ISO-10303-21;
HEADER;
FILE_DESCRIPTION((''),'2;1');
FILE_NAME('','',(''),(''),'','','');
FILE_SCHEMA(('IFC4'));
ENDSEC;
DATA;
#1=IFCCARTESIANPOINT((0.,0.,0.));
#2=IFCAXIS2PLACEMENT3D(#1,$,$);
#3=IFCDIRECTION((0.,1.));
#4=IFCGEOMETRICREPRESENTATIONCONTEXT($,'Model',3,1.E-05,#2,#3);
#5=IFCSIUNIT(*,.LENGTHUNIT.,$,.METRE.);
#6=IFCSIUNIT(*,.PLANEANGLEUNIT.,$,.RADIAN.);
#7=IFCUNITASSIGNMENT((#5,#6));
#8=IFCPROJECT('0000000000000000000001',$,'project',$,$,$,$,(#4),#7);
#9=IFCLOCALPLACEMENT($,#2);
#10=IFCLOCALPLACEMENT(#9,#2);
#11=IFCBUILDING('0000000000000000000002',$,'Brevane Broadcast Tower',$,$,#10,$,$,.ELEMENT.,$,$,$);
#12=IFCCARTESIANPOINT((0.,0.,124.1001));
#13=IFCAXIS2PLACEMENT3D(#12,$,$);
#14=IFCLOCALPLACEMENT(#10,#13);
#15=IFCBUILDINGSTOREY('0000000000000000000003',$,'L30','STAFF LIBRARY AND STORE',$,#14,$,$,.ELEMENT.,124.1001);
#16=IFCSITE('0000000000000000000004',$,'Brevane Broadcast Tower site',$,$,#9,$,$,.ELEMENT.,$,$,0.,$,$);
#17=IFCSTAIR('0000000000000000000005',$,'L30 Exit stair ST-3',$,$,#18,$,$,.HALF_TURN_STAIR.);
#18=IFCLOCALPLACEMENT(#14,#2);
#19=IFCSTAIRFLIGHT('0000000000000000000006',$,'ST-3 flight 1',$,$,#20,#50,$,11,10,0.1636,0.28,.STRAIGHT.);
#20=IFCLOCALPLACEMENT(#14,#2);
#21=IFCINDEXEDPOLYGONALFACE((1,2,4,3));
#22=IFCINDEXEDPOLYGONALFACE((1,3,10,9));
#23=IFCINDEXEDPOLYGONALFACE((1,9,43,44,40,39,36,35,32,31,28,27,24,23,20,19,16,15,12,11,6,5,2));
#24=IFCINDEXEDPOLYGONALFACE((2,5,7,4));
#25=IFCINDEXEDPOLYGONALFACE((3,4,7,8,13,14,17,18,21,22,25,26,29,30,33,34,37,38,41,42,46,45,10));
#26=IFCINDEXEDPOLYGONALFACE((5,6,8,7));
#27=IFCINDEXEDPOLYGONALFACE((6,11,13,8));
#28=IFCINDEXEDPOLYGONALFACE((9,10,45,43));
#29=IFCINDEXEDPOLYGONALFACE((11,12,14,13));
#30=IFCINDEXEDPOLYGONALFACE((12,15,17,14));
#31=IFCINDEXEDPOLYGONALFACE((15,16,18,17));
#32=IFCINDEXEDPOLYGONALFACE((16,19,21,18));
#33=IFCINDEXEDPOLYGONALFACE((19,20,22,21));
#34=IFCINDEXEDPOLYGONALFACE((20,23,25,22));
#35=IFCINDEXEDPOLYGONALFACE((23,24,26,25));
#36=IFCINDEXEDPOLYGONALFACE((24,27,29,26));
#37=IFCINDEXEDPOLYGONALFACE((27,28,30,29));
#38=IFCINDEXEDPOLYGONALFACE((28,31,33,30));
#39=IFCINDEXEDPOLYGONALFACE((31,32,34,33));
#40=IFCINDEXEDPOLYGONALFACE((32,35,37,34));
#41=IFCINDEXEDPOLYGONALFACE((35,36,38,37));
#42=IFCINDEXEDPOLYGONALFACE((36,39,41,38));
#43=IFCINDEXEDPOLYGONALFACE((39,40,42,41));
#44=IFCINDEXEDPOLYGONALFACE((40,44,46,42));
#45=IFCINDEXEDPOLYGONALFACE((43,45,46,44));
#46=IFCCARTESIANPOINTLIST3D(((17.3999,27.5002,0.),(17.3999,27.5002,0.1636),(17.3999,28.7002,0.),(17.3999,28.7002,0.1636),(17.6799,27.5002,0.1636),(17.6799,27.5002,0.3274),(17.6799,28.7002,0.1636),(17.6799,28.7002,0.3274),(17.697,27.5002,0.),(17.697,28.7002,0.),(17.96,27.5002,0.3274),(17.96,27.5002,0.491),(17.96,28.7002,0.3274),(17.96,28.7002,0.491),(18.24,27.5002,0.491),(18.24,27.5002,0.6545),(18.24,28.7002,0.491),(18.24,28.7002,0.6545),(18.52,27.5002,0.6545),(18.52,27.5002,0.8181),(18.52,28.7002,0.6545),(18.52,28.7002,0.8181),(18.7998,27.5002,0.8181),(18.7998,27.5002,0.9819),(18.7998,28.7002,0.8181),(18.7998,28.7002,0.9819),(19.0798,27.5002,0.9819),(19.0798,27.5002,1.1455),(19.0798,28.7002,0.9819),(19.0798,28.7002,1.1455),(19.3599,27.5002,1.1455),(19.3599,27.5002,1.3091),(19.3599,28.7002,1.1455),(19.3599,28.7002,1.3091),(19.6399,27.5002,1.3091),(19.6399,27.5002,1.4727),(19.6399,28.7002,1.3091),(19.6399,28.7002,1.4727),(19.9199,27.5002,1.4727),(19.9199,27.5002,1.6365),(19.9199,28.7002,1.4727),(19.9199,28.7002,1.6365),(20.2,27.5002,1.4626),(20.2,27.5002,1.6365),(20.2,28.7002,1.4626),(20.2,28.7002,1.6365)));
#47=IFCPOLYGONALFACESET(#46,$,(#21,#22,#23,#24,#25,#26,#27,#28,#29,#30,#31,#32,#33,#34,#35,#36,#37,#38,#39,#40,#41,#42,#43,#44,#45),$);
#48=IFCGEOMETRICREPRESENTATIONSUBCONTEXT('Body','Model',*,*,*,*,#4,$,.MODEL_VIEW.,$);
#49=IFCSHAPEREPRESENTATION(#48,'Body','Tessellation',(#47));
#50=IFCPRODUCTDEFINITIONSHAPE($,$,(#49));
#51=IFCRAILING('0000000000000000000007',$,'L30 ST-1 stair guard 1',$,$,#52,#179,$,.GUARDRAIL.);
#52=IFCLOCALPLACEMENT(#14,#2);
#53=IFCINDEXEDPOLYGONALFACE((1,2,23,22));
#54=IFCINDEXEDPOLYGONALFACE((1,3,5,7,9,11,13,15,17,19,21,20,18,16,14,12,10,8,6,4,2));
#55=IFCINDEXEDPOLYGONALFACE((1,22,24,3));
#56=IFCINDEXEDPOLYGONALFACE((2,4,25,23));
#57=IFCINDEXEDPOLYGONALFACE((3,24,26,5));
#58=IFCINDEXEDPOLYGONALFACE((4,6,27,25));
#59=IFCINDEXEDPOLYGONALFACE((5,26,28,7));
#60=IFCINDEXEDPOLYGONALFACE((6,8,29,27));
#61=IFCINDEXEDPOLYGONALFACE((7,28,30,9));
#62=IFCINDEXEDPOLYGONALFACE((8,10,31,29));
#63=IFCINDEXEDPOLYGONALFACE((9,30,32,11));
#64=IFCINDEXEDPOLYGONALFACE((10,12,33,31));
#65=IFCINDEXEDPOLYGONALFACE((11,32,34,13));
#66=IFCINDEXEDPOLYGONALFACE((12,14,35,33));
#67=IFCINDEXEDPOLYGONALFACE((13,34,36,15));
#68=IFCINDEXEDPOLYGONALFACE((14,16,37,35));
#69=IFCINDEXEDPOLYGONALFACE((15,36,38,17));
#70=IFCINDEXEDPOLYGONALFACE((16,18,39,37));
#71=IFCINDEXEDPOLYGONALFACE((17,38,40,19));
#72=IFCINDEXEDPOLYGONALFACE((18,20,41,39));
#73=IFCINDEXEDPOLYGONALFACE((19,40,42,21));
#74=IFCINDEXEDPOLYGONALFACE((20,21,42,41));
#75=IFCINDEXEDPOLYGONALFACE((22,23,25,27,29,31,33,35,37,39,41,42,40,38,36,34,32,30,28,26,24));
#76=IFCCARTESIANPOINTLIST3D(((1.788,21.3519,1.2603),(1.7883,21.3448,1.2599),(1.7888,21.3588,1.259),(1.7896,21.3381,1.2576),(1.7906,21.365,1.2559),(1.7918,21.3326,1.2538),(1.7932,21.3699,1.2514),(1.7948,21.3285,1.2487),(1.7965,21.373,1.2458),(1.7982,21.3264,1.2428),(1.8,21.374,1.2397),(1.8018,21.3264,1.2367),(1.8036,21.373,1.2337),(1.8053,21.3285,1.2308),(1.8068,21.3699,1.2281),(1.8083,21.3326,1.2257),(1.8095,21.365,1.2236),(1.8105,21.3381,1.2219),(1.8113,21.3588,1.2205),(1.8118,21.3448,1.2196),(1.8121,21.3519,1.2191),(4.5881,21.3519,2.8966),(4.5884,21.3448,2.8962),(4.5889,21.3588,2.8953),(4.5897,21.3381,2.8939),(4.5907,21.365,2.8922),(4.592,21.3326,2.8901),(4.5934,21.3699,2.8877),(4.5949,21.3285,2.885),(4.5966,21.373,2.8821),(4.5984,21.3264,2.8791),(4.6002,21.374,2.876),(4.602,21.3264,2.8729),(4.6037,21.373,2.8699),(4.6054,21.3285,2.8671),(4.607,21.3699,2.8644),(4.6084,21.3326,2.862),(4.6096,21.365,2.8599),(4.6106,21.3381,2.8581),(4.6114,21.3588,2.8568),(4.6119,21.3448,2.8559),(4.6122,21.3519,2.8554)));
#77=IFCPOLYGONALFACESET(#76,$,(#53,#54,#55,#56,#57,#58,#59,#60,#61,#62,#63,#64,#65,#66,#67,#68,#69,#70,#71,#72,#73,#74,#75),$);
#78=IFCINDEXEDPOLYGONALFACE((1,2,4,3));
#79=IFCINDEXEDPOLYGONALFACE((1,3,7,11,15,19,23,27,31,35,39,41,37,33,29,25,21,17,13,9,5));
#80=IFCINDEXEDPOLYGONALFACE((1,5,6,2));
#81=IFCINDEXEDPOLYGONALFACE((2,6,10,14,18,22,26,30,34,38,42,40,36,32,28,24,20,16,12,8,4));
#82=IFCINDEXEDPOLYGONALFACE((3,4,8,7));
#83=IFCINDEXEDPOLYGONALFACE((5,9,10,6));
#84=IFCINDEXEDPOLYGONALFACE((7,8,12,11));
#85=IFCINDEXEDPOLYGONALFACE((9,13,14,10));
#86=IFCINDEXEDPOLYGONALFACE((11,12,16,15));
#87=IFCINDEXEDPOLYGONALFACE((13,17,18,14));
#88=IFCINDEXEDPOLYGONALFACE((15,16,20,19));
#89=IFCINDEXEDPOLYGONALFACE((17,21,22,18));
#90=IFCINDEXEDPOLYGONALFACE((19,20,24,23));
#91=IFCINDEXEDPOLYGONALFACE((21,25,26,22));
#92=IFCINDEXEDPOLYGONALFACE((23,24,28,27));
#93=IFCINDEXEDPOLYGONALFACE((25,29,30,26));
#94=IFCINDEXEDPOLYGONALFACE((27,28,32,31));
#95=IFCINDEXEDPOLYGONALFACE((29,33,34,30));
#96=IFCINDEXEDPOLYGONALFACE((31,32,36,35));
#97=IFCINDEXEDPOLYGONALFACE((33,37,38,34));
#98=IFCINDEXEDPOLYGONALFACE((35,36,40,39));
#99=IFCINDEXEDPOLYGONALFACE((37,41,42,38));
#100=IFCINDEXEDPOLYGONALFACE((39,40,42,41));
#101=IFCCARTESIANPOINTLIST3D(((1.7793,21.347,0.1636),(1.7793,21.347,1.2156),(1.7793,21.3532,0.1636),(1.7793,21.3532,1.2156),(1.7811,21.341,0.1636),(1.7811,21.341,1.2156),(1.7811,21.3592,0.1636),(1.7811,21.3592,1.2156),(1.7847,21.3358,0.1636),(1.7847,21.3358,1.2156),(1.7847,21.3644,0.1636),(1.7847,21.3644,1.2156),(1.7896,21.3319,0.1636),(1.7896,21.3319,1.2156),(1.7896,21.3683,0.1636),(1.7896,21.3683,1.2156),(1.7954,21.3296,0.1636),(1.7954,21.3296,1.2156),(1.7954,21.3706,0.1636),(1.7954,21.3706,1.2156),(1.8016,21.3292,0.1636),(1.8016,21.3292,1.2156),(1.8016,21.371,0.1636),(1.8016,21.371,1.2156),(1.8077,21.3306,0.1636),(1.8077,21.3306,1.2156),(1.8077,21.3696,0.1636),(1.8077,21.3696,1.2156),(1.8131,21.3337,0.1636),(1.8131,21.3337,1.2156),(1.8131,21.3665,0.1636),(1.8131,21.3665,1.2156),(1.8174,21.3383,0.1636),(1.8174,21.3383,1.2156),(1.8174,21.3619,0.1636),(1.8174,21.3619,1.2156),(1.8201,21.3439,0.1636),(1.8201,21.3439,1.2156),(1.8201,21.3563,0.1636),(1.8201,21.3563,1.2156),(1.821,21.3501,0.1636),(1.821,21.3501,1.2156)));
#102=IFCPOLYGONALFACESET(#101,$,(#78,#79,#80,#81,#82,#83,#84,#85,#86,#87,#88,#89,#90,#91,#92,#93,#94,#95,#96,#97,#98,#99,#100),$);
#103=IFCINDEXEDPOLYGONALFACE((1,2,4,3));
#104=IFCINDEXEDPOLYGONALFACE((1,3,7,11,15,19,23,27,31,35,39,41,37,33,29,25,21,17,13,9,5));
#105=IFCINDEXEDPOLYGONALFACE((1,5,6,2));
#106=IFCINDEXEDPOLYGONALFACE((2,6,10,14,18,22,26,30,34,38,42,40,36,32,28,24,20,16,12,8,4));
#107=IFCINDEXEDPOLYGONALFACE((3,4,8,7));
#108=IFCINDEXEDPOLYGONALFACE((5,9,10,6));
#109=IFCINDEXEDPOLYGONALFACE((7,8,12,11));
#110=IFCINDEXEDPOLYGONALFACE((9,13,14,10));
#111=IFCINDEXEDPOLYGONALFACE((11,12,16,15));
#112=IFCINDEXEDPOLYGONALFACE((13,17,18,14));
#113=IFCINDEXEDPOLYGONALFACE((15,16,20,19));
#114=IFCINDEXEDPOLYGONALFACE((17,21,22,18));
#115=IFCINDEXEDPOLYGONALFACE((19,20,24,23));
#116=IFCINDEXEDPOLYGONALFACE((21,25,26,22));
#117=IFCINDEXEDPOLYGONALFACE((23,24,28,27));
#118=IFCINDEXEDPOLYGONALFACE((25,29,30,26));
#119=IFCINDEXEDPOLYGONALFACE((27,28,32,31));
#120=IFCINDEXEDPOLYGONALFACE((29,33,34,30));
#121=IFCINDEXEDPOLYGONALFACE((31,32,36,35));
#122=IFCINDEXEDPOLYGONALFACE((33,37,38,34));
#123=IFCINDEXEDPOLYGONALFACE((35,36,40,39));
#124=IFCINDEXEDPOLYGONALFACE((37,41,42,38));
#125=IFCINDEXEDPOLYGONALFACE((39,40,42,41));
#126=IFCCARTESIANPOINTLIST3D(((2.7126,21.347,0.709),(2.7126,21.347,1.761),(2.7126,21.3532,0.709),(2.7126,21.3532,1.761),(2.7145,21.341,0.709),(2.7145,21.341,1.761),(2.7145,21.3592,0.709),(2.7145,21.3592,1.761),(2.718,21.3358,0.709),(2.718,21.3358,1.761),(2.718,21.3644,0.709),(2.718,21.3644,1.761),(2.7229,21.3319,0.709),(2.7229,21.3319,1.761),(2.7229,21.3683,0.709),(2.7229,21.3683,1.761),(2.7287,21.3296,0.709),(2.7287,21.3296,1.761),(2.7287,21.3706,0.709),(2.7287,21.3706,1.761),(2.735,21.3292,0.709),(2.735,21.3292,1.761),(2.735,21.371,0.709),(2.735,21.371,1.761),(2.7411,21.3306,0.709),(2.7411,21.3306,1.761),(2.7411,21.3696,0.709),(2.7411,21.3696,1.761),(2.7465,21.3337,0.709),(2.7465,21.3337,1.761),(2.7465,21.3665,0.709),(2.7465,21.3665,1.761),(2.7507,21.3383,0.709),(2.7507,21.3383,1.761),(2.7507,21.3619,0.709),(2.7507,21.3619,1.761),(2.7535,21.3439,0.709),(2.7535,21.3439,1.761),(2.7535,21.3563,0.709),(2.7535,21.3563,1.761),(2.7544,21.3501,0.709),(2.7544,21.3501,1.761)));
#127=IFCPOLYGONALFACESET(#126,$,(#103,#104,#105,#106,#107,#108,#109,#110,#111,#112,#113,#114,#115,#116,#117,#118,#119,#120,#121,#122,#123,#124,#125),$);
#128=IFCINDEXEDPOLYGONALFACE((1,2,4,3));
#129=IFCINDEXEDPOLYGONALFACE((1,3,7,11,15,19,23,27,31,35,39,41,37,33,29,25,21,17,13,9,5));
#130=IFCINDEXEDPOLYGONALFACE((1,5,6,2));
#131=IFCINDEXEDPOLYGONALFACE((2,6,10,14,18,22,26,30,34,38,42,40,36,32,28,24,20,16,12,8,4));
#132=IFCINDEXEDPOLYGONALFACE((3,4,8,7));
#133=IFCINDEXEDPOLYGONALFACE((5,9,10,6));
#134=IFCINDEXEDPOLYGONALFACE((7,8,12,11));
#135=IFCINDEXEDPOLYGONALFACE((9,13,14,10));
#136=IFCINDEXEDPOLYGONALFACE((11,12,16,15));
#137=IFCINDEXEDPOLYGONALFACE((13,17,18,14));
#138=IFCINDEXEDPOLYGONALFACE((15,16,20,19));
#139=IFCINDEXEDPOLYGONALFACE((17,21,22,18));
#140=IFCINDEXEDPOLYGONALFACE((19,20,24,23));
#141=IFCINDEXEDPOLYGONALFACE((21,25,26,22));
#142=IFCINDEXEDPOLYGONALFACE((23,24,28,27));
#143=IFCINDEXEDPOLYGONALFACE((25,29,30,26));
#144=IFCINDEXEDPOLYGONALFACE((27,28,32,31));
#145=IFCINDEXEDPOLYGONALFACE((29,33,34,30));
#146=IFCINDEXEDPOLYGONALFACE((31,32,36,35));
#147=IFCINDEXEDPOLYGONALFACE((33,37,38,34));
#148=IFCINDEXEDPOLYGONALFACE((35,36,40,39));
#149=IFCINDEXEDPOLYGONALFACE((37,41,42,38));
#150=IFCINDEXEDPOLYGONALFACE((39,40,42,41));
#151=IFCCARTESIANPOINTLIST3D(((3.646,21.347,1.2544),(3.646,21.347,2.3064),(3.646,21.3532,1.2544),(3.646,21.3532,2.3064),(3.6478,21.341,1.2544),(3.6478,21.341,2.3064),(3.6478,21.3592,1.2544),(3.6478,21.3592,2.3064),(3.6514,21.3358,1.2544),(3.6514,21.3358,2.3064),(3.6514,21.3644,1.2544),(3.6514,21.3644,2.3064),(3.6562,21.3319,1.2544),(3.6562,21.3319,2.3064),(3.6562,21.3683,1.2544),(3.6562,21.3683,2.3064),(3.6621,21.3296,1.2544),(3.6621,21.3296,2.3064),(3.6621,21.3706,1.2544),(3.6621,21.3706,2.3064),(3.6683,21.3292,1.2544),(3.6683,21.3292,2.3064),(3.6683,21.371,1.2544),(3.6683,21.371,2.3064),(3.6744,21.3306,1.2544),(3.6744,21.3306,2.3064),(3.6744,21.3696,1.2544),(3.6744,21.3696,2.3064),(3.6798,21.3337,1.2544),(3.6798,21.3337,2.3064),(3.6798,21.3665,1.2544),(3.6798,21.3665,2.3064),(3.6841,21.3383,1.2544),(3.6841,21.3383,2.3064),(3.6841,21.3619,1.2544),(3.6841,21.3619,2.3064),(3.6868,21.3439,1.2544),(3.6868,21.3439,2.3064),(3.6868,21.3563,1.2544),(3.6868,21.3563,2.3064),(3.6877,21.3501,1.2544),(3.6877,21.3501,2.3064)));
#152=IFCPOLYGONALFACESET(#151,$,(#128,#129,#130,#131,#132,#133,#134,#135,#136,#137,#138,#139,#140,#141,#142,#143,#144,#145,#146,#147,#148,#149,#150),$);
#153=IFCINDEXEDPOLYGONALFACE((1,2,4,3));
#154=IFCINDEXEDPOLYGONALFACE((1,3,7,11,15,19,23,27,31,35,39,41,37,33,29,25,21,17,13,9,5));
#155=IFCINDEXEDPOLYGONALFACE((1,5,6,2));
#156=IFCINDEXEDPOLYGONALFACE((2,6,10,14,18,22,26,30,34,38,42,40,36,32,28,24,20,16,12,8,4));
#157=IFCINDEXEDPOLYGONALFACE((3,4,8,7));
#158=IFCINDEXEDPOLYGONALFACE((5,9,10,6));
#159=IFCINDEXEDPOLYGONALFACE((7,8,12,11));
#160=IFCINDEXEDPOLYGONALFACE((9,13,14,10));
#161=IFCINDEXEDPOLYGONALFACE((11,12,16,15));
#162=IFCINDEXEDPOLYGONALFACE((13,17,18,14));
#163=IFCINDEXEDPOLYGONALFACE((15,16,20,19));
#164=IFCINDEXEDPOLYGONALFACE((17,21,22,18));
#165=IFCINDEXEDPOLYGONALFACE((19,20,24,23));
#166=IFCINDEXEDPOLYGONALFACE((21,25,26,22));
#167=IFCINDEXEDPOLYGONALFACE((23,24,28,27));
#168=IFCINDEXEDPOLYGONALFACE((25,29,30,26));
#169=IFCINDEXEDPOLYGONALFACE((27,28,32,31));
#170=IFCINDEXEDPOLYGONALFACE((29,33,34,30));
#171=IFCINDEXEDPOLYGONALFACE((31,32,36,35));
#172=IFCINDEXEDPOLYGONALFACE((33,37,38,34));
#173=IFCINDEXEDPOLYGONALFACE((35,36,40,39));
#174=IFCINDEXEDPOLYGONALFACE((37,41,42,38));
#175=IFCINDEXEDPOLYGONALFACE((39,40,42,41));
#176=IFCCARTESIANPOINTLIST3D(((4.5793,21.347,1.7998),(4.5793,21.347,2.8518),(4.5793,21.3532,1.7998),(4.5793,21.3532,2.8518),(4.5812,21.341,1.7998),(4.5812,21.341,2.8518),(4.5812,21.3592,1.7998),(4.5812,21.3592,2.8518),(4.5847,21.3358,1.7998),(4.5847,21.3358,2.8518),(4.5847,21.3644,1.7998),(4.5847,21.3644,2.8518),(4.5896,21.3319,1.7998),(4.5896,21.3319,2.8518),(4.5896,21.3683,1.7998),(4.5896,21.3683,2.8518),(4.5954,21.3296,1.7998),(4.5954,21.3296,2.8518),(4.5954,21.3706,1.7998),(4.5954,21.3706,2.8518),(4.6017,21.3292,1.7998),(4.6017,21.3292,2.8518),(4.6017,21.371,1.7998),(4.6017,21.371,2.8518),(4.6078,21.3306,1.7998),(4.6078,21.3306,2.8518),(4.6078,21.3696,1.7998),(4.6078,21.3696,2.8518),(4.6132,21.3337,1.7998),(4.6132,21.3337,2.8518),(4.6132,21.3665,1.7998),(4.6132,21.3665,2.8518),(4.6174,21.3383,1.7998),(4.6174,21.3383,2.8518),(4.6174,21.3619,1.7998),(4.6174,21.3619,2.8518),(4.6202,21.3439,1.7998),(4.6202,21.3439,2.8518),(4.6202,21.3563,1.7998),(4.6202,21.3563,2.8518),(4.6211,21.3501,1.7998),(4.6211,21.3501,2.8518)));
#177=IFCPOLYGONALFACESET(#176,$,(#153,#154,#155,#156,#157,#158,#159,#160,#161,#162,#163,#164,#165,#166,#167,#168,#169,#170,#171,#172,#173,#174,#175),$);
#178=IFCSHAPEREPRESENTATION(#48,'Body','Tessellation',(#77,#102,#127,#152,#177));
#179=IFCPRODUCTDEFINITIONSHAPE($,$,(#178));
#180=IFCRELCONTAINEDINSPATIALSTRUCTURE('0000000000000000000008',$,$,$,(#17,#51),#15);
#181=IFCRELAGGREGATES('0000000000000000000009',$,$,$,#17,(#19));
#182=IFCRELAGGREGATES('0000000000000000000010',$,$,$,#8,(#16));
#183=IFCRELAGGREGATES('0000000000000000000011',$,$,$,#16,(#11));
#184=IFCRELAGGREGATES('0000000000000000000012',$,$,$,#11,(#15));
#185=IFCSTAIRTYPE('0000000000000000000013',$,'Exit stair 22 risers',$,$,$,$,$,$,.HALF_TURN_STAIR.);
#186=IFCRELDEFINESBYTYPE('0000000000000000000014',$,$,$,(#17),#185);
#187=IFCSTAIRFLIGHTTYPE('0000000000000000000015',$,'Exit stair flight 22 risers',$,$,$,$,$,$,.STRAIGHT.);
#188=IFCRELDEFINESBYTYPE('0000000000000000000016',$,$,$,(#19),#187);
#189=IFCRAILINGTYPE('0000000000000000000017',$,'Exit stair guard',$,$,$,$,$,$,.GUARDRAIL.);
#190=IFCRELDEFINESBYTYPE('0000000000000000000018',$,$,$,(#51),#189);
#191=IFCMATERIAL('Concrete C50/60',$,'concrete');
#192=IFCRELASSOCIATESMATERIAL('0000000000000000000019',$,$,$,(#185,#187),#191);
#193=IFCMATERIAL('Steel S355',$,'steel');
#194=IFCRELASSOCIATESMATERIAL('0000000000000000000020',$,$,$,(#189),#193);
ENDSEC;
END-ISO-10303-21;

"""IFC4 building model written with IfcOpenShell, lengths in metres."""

from ifc_helpers import new_model, si_unit, direction, frame, origin, origin_2d, place, context, subcontext, project, spatial, polyline, circle, outline, extrude, material, type_object, element, aggregate, save


model = new_model("IFC4")

# Units and contexts
model_context = context("Model", 3, precision=1e-05, world=origin(), true_north=direction((0.0, 1.0)))
body_context = subcontext(model_context, "Body", "Model", "MODEL_VIEW")
ifc_project = project(units=[si_unit("LENGTHUNIT", "METRE"), si_unit("PLANEANGLEUNIT", "RADIAN")], contexts=[model_context])

# Site, building, storey
site_placement = place(None, origin())
site = spatial("IfcSite", under=ifc_project, at=site_placement, Name="Brevane Broadcast Tower site", CompositionType="ELEMENT", RefElevation=0.0)
building_placement = place(site_placement, origin())
building = spatial("IfcBuilding", under=site, at=building_placement, Name="Brevane Broadcast Tower", CompositionType="ELEMENT")
storey_placement = place(building_placement, frame((0.0, 0.0, 124.1001)))
storey = spatial("IfcBuildingStorey", under=building, at=storey_placement, Name="L30", Description="STAFF LIBRARY AND STORE", CompositionType="ELEMENT", Elevation=124.1001)

# Stair, stair flight
ifc_material_1 = material(Name="Concrete C50/60", Category="concrete")
stair_type = type_object("IfcStairType", Name="Exit stair 22 risers", PredefinedType="HALF_TURN_STAIR", material=ifc_material_1)
stair_flight_type = type_object("IfcStairFlightType", Name="Exit stair flight 22 risers", PredefinedType="STRAIGHT", material=ifc_material_1)
stair_1_placement = place(storey_placement, origin())
stair_1 = element("IfcStair", 1, at=stair_1_placement, inside=storey, type_object=stair_type, Name="L30 Exit stair ST-3", PredefinedType="HALF_TURN_STAIR")
stair_flight_1_placement = place(storey_placement, frame((17.3999, 28.1001, 0.0), z_axis=(0.0, 0.0, 1.0), x_axis=(1.0, 0.0, 0.0)))
stair_flight_1 = element("IfcStairFlight", 2, at=stair_flight_1_placement, type_object=stair_flight_type, Name="ST-3 flight 1", NumberOfRisers=11, NumberOfTreads=10, PredefinedType="STRAIGHT", RiserHeight=0.1636, TreadLength=0.28, context=body_context, shape_type="SweptSolid", body=[
    extrude(outline(polyline([(0.0, 0.0), (0.0, 0.1636), (0.28, 0.1636), (0.28, 0.3274), (0.5601, 0.3274), (0.5601, 0.491), (0.8401, 0.491), (0.8401, 0.6545), (1.1201, 0.6545), (1.1201, 0.8181), (1.3999, 0.8181), (1.3999, 0.9819), (1.6799, 0.9819), (1.6799, 1.1455), (1.96, 1.1455), (1.96, 1.3091), (2.24, 1.3091), (2.24, 1.4727), (2.52, 1.4727), (2.52, 1.6365), (2.8, 1.6365), (2.8, 1.8), (2.8, 1.4626), (0.2971, 0.0), (0.0, 0.0)])), frame((0.0, 0.6001, 0.0), z_axis=(0.0, -1.0, 0.0), x_axis=(1.0, 0.0, 0.0)), (0.0, 0.0, 1.0), 1.2),
])
aggregate(stair_1, [stair_flight_1])

# Railing
ifc_material_2 = material(Name="Steel S355", Category="steel")
railing_type_1 = type_object("IfcRailingType", Name="Exit stair guard", PredefinedType="GUARDRAIL", material=ifc_material_2)
railing_1_placement = place(storey_placement, frame((1.8, 21.3501, 0.1636)))
element("IfcRailing", 3, at=railing_1_placement, inside=storey, type_object=railing_type_1, Name="L30 ST-1 stair guard 1", PredefinedType="GUARDRAIL", context=body_context, shape_type="SweptSolid", body=[
    extrude(circle(Radius=0.0239, at=origin_2d()), frame((0.0, 0.0, 1.0762), z_axis=(0.863394, 0.0, 0.504531), x_axis=(0.0, 1.0, 0.0)), (0.0, 0.0, 1.0), 3.2432),
    extrude(circle(Radius=0.021, at=origin_2d()), origin(), (0.0, 0.0, 1.0), 1.052),
    extrude(circle(Radius=0.021, at=origin_2d()), frame((0.9333, 0.0, 0.5454)), (0.0, 0.0, 1.0), 1.052),
    extrude(circle(Radius=0.021, at=origin_2d()), frame((1.8667, 0.0, 1.0908)), (0.0, 0.0, 1.0), 1.052),
    extrude(circle(Radius=0.021, at=origin_2d()), frame((2.8, 0.0, 1.6362)), (0.0, 0.0, 1.0), 1.052),
])

save(model, "model.ifc")
